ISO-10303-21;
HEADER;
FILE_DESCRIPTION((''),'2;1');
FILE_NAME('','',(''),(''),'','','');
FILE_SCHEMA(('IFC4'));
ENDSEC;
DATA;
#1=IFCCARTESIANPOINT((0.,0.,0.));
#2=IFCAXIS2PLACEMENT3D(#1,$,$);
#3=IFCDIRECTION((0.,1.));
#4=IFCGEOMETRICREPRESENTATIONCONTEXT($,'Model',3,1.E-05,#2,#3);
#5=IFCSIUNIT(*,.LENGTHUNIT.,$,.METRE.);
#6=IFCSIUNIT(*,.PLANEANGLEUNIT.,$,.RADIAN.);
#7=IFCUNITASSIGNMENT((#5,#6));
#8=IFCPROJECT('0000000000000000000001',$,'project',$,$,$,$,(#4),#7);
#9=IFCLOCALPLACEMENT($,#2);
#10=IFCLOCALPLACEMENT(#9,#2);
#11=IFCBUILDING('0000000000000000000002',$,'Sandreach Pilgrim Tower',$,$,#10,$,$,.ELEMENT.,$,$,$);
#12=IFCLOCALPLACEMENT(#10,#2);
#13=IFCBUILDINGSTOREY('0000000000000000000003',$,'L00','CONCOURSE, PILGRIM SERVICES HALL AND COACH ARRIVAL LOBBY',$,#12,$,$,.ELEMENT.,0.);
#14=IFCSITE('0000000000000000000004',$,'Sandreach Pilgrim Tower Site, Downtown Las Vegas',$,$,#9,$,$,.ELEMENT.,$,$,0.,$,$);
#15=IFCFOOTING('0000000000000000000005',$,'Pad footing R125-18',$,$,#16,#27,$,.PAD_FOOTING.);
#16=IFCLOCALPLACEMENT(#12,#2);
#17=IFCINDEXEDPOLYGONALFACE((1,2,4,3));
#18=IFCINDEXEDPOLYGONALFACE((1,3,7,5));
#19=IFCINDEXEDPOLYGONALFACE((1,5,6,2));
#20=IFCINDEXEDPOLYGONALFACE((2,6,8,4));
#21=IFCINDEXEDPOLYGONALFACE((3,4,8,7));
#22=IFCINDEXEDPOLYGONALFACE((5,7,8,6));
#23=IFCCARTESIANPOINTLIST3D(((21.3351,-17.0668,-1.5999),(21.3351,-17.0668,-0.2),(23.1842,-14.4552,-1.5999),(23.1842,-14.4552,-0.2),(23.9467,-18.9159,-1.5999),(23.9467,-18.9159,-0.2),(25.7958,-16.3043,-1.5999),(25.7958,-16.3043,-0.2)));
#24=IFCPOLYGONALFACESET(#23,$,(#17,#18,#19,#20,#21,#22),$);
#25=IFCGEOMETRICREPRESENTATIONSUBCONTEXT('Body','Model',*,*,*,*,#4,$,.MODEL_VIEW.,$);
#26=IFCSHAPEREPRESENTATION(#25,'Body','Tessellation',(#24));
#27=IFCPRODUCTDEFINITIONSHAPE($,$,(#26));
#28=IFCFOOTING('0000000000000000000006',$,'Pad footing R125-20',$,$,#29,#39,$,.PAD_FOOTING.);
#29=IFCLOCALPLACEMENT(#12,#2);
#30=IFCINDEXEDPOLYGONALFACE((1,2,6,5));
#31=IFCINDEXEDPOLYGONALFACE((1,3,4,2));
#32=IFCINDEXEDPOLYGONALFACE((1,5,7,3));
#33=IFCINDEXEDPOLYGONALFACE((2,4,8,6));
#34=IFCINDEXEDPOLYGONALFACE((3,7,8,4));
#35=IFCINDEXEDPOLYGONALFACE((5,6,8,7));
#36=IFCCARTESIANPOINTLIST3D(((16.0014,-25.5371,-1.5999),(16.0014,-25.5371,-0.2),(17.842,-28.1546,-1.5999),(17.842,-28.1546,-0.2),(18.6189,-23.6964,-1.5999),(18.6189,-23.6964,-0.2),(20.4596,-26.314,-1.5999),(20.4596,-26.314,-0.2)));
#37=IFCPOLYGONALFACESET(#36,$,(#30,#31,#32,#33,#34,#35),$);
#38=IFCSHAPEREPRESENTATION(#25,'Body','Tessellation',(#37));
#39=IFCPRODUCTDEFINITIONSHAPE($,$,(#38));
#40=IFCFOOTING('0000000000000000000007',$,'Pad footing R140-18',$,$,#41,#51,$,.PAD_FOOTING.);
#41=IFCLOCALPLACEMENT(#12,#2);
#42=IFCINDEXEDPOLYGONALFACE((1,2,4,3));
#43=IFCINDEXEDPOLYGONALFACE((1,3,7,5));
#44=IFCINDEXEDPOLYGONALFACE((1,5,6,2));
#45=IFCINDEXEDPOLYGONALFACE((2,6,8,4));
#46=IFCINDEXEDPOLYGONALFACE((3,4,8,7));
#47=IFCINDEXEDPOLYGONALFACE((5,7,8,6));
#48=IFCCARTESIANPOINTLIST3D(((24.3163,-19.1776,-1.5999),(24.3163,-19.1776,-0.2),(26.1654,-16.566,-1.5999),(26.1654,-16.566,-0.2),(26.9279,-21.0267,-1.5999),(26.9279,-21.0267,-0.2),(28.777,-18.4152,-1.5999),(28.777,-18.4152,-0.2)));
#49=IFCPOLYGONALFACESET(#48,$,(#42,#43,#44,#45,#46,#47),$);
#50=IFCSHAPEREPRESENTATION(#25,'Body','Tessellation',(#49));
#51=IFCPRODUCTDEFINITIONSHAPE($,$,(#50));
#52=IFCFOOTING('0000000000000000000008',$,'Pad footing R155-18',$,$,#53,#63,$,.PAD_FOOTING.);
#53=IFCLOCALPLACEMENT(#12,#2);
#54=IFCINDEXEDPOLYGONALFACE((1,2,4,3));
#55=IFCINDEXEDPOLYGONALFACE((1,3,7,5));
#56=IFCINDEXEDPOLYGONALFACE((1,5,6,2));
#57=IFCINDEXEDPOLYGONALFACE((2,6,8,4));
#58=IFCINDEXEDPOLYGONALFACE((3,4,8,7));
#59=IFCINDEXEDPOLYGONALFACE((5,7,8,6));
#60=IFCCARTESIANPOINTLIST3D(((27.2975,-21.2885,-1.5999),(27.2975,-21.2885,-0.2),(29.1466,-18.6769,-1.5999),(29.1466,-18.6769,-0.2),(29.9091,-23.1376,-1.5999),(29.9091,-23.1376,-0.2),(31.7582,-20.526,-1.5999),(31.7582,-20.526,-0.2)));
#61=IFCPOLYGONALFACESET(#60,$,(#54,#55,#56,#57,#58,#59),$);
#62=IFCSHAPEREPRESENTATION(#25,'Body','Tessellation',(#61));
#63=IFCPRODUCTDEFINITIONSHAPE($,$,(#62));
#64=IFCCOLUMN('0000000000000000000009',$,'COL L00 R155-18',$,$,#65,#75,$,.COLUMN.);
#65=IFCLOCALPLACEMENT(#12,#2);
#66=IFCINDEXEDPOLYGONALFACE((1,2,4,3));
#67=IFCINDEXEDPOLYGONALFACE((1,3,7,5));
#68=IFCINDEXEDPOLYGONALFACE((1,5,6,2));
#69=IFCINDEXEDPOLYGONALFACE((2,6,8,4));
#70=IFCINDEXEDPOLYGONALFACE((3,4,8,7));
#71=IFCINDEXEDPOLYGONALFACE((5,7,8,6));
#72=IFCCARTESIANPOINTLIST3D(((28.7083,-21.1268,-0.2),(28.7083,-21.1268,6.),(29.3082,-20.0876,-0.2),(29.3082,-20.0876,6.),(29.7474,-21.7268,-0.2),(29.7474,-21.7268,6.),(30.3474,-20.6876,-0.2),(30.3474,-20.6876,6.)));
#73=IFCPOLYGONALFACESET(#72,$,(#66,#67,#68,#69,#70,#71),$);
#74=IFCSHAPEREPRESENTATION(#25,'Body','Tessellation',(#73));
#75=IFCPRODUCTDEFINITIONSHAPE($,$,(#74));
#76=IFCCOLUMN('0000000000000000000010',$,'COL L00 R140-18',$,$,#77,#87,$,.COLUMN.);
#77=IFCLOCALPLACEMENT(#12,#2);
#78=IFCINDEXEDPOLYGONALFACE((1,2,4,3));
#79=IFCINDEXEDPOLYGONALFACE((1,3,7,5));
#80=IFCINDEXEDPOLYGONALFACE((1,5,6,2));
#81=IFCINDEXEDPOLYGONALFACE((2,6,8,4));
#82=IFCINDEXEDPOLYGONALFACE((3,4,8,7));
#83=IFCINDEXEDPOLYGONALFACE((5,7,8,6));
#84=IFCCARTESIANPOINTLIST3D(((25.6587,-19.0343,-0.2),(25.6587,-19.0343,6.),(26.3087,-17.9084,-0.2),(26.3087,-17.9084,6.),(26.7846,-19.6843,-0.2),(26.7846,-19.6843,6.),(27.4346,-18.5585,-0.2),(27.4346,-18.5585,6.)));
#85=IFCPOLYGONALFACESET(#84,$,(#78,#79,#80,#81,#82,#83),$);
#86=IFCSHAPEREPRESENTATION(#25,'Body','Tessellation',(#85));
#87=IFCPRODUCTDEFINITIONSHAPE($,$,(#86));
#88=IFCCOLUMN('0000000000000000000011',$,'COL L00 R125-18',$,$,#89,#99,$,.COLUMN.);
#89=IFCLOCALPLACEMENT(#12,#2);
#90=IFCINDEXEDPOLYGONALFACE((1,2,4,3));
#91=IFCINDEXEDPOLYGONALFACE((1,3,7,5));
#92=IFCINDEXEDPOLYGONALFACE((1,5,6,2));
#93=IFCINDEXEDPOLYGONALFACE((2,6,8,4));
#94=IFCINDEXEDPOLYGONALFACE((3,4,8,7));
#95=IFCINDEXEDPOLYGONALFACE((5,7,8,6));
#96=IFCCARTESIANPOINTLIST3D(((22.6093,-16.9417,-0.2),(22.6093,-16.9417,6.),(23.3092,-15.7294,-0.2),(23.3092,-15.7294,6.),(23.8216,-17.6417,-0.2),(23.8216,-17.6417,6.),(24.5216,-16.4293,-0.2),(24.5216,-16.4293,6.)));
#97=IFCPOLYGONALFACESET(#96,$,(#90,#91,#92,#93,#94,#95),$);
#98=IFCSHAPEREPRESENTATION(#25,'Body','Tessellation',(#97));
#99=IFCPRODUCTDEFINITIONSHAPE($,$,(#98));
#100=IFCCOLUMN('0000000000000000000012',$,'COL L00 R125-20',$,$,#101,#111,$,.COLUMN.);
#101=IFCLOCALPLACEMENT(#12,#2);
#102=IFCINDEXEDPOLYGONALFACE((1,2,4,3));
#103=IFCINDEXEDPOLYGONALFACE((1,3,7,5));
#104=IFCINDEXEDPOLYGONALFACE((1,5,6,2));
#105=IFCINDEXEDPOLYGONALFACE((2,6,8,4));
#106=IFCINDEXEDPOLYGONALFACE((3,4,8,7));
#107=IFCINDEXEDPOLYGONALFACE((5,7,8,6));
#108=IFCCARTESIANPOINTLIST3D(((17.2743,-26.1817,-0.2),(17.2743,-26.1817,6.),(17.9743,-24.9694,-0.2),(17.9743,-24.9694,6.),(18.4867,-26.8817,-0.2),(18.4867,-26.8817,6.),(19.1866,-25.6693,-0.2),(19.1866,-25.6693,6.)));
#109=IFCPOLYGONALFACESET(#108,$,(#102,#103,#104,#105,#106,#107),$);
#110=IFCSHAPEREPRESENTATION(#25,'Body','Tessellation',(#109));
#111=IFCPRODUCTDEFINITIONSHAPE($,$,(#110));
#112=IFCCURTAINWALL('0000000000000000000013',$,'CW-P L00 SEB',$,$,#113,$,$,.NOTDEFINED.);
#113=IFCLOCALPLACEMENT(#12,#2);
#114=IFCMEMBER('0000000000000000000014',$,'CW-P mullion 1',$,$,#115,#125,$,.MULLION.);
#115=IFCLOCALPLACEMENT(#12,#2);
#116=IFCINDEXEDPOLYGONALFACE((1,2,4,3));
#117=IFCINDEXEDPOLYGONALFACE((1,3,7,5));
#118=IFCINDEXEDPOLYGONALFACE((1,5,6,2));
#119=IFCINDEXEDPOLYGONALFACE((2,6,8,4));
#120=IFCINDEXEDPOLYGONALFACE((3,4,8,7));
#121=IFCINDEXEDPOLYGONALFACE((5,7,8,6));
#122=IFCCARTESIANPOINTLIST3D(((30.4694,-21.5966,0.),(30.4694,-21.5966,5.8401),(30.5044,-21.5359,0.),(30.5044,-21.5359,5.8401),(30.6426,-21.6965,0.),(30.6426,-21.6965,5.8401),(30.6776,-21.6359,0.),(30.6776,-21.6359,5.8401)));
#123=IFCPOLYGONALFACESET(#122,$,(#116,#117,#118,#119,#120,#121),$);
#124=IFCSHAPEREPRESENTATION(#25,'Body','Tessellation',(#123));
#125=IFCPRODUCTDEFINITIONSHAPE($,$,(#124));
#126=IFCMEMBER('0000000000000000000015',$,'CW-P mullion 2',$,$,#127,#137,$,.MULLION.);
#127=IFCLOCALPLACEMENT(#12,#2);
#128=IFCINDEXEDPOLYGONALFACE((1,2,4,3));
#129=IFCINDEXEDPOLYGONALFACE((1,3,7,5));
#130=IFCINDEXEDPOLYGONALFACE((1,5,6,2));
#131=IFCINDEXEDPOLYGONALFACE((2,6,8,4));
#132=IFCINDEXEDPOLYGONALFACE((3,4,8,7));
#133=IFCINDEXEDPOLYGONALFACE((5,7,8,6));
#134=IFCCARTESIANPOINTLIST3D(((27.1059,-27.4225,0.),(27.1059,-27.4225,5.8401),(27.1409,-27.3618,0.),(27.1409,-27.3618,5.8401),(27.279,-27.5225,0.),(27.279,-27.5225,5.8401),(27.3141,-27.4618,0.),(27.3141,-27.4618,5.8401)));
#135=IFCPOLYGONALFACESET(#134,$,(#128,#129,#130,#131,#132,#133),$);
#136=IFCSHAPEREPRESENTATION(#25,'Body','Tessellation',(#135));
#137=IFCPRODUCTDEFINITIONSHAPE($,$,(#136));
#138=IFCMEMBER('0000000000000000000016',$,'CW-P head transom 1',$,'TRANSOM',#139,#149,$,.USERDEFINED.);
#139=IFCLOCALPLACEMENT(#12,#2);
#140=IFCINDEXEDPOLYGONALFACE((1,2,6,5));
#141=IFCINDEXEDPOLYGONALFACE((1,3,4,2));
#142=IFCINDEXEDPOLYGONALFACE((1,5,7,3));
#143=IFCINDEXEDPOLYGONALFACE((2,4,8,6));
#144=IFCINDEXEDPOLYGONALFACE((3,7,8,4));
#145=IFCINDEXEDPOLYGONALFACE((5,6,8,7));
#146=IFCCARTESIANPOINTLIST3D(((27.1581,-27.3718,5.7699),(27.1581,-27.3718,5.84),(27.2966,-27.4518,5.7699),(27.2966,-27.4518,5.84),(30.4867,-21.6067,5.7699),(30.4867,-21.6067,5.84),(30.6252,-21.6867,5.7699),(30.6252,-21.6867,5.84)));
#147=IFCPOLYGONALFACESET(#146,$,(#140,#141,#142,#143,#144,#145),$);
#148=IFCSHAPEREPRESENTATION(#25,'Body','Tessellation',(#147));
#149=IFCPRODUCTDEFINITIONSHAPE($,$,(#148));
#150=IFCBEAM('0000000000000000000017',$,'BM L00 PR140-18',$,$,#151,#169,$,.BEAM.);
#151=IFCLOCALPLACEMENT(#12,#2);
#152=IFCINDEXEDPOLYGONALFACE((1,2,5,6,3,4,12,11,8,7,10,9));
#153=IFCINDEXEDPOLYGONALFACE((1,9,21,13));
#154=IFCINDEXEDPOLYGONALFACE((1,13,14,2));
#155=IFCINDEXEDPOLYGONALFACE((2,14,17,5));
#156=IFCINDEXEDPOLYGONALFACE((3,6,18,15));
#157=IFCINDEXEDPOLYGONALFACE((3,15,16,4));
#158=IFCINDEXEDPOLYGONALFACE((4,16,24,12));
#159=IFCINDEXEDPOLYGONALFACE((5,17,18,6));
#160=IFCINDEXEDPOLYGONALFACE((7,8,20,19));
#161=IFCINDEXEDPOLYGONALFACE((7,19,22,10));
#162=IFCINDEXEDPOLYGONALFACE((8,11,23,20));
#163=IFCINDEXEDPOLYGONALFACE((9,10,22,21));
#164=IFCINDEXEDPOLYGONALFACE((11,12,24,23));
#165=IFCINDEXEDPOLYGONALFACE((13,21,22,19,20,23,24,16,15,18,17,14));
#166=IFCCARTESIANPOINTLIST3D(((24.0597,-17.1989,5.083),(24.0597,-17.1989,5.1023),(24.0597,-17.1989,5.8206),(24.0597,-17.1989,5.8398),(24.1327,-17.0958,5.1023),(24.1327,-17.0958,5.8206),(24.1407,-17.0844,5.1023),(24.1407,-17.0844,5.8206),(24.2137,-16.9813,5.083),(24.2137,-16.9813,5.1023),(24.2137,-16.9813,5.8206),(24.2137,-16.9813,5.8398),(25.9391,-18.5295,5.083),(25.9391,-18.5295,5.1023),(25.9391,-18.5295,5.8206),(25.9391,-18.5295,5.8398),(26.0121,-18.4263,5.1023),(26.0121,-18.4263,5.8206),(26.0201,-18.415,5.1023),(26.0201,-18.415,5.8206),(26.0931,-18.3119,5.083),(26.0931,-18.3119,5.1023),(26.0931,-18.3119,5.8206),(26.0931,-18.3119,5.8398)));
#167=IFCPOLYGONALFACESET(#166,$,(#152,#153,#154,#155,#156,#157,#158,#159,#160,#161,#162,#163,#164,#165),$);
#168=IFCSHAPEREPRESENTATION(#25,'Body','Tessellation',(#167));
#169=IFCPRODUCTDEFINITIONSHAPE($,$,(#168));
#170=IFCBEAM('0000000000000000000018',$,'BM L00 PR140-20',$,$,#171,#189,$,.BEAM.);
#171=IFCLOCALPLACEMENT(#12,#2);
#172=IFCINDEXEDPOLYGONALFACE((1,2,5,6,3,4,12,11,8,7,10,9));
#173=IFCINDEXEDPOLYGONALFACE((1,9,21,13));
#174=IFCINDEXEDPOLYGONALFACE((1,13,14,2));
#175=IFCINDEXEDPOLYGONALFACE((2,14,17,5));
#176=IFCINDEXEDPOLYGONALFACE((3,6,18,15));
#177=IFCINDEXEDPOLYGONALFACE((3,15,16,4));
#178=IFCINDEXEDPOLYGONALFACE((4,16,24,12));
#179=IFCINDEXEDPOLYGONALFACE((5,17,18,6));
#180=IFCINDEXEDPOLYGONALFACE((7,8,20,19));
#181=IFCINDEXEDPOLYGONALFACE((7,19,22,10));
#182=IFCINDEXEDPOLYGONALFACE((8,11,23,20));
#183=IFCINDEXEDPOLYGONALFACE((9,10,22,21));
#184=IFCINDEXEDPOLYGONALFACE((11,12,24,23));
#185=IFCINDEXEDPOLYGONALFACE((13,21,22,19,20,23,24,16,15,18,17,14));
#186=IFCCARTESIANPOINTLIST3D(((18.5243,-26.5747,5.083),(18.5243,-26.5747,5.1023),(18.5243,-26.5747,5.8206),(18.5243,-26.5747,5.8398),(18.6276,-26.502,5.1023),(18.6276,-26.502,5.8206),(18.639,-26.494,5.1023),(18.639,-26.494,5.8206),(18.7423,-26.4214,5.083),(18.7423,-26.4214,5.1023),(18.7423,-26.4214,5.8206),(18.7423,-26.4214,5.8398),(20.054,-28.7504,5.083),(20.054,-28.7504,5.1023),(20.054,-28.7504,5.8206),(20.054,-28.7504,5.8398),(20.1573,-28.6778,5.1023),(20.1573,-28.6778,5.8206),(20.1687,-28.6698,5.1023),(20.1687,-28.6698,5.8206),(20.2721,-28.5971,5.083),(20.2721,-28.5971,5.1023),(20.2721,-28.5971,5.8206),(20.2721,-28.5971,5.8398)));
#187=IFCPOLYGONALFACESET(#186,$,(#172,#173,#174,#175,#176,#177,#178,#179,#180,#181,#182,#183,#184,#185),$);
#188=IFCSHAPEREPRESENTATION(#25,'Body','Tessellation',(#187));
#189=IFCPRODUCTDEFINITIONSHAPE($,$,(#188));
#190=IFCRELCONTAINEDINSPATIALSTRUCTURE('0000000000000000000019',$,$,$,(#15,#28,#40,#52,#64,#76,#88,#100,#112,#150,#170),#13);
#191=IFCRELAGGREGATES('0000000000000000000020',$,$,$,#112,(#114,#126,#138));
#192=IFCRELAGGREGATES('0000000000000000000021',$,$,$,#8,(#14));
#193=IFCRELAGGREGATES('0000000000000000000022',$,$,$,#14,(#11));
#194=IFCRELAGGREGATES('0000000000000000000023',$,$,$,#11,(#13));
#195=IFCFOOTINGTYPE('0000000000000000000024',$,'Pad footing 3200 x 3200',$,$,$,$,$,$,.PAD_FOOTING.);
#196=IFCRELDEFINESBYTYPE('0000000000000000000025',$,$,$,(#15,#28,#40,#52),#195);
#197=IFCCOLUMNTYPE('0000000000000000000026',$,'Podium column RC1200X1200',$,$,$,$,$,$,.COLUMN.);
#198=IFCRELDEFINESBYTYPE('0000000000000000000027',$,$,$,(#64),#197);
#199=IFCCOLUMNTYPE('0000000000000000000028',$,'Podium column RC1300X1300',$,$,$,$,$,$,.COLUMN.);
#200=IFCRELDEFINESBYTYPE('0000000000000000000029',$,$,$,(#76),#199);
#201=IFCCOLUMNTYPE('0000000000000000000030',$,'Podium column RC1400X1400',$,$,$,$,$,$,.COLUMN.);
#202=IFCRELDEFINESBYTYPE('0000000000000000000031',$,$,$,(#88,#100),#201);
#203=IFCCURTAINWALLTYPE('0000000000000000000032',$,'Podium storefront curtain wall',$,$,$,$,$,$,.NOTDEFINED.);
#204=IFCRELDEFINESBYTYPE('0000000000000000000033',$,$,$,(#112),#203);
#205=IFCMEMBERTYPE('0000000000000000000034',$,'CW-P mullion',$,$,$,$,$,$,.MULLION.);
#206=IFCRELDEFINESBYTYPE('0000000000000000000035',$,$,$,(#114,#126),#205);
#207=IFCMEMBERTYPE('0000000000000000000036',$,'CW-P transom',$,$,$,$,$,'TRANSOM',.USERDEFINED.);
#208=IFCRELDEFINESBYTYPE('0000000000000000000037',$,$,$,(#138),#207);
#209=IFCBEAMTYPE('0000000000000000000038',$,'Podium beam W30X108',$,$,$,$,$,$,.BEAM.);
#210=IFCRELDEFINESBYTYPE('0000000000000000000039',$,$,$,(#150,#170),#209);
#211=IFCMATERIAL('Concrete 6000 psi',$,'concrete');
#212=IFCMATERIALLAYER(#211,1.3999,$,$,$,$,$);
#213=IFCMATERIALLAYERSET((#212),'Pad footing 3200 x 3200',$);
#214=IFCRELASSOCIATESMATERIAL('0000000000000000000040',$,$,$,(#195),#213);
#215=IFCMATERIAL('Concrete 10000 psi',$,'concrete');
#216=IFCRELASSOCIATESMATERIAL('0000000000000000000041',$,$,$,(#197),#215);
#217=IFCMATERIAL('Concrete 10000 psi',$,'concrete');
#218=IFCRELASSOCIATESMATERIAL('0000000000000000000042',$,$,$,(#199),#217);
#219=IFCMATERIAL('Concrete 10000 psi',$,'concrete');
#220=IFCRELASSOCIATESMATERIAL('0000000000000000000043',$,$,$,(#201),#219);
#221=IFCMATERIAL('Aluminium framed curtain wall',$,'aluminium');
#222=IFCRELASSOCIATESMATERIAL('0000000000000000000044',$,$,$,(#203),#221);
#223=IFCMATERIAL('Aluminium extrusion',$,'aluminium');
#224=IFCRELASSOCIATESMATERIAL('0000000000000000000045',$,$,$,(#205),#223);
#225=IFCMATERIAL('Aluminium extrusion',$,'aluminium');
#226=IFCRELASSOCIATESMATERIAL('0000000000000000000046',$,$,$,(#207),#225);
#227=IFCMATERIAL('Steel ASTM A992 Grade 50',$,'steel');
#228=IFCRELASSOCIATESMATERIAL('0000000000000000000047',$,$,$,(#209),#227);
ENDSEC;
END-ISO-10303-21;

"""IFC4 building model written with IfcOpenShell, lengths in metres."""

from ifc_helpers import new_model, si_unit, direction, frame, origin, origin_2d, place, context, subcontext, project, spatial, rectangle, i_section, extrude, material, layer, layer_set, material_profile, profile_set, type_object, element, aggregate, save


model = new_model("IFC4")

# Units and contexts
model_context = context("Model", 3, precision=1e-05, world=origin(), true_north=direction((0.0, 1.0)))
body_context = subcontext(model_context, "Body", "Model", "MODEL_VIEW")
ifc_project = project(units=[si_unit("LENGTHUNIT", "METRE"), si_unit("PLANEANGLEUNIT", "RADIAN")], contexts=[model_context])

# Site, building, storey
site_placement = place(None, origin())
site = spatial("IfcSite", under=ifc_project, at=site_placement, Name="Sandreach Pilgrim Tower Site, Downtown Las Vegas", CompositionType="ELEMENT", RefElevation=0.0)
building_placement = place(site_placement, origin())
building = spatial("IfcBuilding", under=site, at=building_placement, Name="Sandreach Pilgrim Tower", CompositionType="ELEMENT")
storey_placement = place(building_placement, origin())
storey = spatial("IfcBuildingStorey", under=building, at=storey_placement, Name="L00", Description="CONCOURSE, PILGRIM SERVICES HALL AND COACH ARRIVAL LOBBY", CompositionType="ELEMENT", Elevation=0.0)

# Footings
ifc_material_1 = material(Name="Concrete 6000 psi", Category="concrete")
ifc_layer_1 = layer(ifc_material_1, 1.3999)
ifc_layer_set_1 = layer_set([ifc_layer_1], Name="Pad footing 3200 x 3200")
footing_type = type_object("IfcFootingType", Name="Pad footing 3200 x 3200", PredefinedType="PAD_FOOTING", material=ifc_layer_set_1)
for number, where, z_axis, x_axis, name in (
    (1, (23.5654, -16.6855, -1.5999), (0.0, 0.0, 1.0), (0.816133, -0.577864, 0.0), "Pad footing R125-18"),
    (2, (18.2305, -25.9255, -1.5999), (0.0, 0.0, 1.0), (0.575212, -0.818005, 0.0), "Pad footing R125-20"),
    (3, (26.5466, -18.7964, -1.5999), (0.0, 0.0, 1.0), (0.816133, -0.577864, 0.0), "Pad footing R140-18"),
    (4, (29.5278, -20.9072, -1.5999), (0.0, 0.0, 1.0), (0.816133, -0.577864, 0.0), "Pad footing R155-18"),
):
    element("IfcFooting", number, at=place(storey_placement, frame(where, z_axis=z_axis, x_axis=x_axis)), inside=storey, type_object=footing_type, Name=name, PredefinedType="PAD_FOOTING", context=body_context, shape_type="SweptSolid", body=[
        extrude(rectangle(XDim=3.2, YDim=3.2, at=origin_2d()), origin(), (0.0, 0.0, 1.0), 1.3999),
    ])

# Columns
ifc_material_2 = material(Name="Concrete 10000 psi", Category="concrete")
ifc_material_profile_1 = material_profile(ifc_material_2, rectangle(XDim=1.2, YDim=1.2, at=origin_2d()), Name="RC1200X1200")
ifc_profile_set_1 = profile_set([ifc_material_profile_1], Name="Concrete 10000 psi")
column_type_1 = type_object("IfcColumnType", Name="Podium column RC1200X1200", PredefinedType="COLUMN", material=ifc_profile_set_1)
column_1_placement = place(storey_placement, frame((29.5278, -20.9072, -0.2), z_axis=(0.0, 0.0, 1.0), x_axis=(0.866025, -0.5, 0.0)))
element("IfcColumn", 5, at=column_1_placement, inside=storey, type_object=column_type_1, Name="COL L00 R155-18", PredefinedType="COLUMN", context=body_context, shape_type="SweptSolid", body=[
    extrude(rectangle(XDim=1.2, YDim=1.2, at=origin_2d()), origin(), (0.0, 0.0, 1.0), 6.2),
])
ifc_material_3 = material(Name="Concrete 10000 psi", Category="concrete")
ifc_material_profile_2 = material_profile(ifc_material_3, rectangle(XDim=1.3, YDim=1.3, at=origin_2d()), Name="RC1300X1300")
ifc_profile_set_2 = profile_set([ifc_material_profile_2], Name="Concrete 10000 psi")
column_type_2 = type_object("IfcColumnType", Name="Podium column RC1300X1300", PredefinedType="COLUMN", material=ifc_profile_set_2)
column_2_placement = place(storey_placement, frame((26.5466, -18.7964, -0.2), z_axis=(0.0, 0.0, 1.0), x_axis=(0.866025, -0.5, 0.0)))
element("IfcColumn", 6, at=column_2_placement, inside=storey, type_object=column_type_2, Name="COL L00 R140-18", PredefinedType="COLUMN", context=body_context, shape_type="SweptSolid", body=[
    extrude(rectangle(XDim=1.3, YDim=1.3, at=origin_2d()), origin(), (0.0, 0.0, 1.0), 6.2),
])
ifc_material_4 = material(Name="Concrete 10000 psi", Category="concrete")
ifc_material_profile_3 = material_profile(ifc_material_4, rectangle(XDim=1.3999, YDim=1.3999, at=origin_2d()), Name="RC1400X1400")
ifc_profile_set_3 = profile_set([ifc_material_profile_3], Name="Concrete 10000 psi")
column_type_3 = type_object("IfcColumnType", Name="Podium column RC1400X1400", PredefinedType="COLUMN", material=ifc_profile_set_3)
for number, where, z_axis, x_axis, name in (
    (7, (23.5654, -16.6855, -0.2), (0.0, 0.0, 1.0), (0.866025, -0.5, 0.0), "COL L00 R125-18"),
    (8, (18.2305, -25.9255, -0.2), (0.0, 0.0, 1.0), (0.866025, -0.5, 0.0), "COL L00 R125-20"),
):
    element("IfcColumn", number, at=place(storey_placement, frame(where, z_axis=z_axis, x_axis=x_axis)), inside=storey, type_object=column_type_3, Name=name, PredefinedType="COLUMN", context=body_context, shape_type="SweptSolid", body=[
        extrude(rectangle(XDim=1.3999, YDim=1.3999, at=origin_2d()), origin(), (0.0, 0.0, 1.0), 6.2),
    ])

# Curtain wall, members
ifc_material_5 = material(Name="Aluminium framed curtain wall", Category="aluminium")
curtain_wall_type = type_object("IfcCurtainWallType", Name="Podium storefront curtain wall", PredefinedType="NOTDEFINED", material=ifc_material_5)
curtain_wall_placement = place(storey_placement, origin())
curtain_wall = element("IfcCurtainWall", 9, at=curtain_wall_placement, inside=storey, type_object=curtain_wall_type, Name="CW-P L00 SEB", PredefinedType="NOTDEFINED")
ifc_material_6 = material(Name="Aluminium extrusion", Category="aluminium")
ifc_material_profile_4 = material_profile(ifc_material_6, rectangle(XDim=0.0701, YDim=0.2, at=origin_2d()), Name="CW-PM 70X200")
ifc_profile_set_4 = profile_set([ifc_material_profile_4], Name="Aluminium extrusion")
member_type_1 = type_object("IfcMemberType", Name="CW-P mullion", PredefinedType="MULLION", material=ifc_profile_set_4)
member_1_placement = place(storey_placement, frame((30.5735, -21.6162, 0.0), z_axis=(0.0, 0.0, 1.0), x_axis=(-0.5, -0.866025, 0.0)))
member_1 = element("IfcMember", 10, at=member_1_placement, type_object=member_type_1, Name="CW-P mullion 1", PredefinedType="MULLION", context=body_context, shape_type="SweptSolid", body=[
    extrude(rectangle(XDim=0.0701, YDim=0.2, at=origin_2d()), origin(), (0.0, 0.0, 1.0), 5.8401),
])
member_2_placement = place(storey_placement, frame((27.21, -27.4421, 0.0), z_axis=(0.0, 0.0, 1.0), x_axis=(-0.5, -0.866025, 0.0)))
member_2 = element("IfcMember", 11, at=member_2_placement, type_object=member_type_1, Name="CW-P mullion 2", PredefinedType="MULLION", context=body_context, shape_type="SweptSolid", body=[
    extrude(rectangle(XDim=0.0701, YDim=0.2, at=origin_2d()), origin(), (0.0, 0.0, 1.0), 5.8401),
])
ifc_material_7 = material(Name="Aluminium extrusion", Category="aluminium")
ifc_material_profile_5 = material_profile(ifc_material_7, rectangle(XDim=0.1599, YDim=0.0701, at=origin_2d()), Name="CW-PT 160X70")
ifc_profile_set_5 = profile_set([ifc_material_profile_5], Name="Aluminium extrusion")
member_type_2 = type_object("IfcMemberType", Name="CW-P transom", ElementType="TRANSOM", PredefinedType="USERDEFINED", material=ifc_profile_set_5)
member_3_placement = place(storey_placement, frame((30.5559, -21.6467, 5.8049), z_axis=(-0.500012, -0.866018, 0.0), x_axis=(0.866018, -0.500012, 0.0)))
member_3 = element("IfcMember", 12, at=member_3_placement, type_object=member_type_2, Name="CW-P head transom 1", ObjectType="TRANSOM", PredefinedType="USERDEFINED", context=body_context, shape_type="SweptSolid", body=[
    extrude(rectangle(XDim=0.1599, YDim=0.0701, at=origin_2d()), origin(), (0.0, 0.0, 1.0), 6.657),
])

# Beams
ifc_material_8 = material(Name="Steel ASTM A992 Grade 50", Category="steel")
ifc_material_profile_6 = material_profile(ifc_material_8, i_section(OverallWidth=0.2666, OverallDepth=0.7568, WebThickness=0.0139, FlangeThickness=0.0193, at=origin_2d()), Name="W30X108")
ifc_profile_set_6 = profile_set([ifc_material_profile_6], Name="Steel ASTM A992 Grade 50")
beam_type_1 = type_object("IfcBeamType", Name="Podium beam W30X108", PredefinedType="BEAM", material=ifc_profile_set_6)
beam_1_placement = place(storey_placement, frame((24.1367, -17.0901, 5.4614), z_axis=(0.816162, -0.577823, 0.0), x_axis=(0.577823, 0.816162, 0.0)))
element("IfcBeam", 13, at=beam_1_placement, inside=storey, type_object=beam_type_1, Name="BM L00 PR140-18", PredefinedType="BEAM", context=body_context, shape_type="SweptSolid", body=[
    extrude(i_section(OverallWidth=0.2666, OverallDepth=0.7568, WebThickness=0.0139, FlangeThickness=0.0193, at=origin_2d()), origin(), (0.0, 0.0, 1.0), 2.3027),
])
beam_2_placement = place(storey_placement, frame((18.6333, -26.498, 5.4614), z_axis=(0.575161, -0.81804, 0.0), x_axis=(0.81804, 0.575161, 0.0)))
element("IfcBeam", 14, at=beam_2_placement, inside=storey, type_object=beam_type_1, Name="BM L00 PR140-20", PredefinedType="BEAM", context=body_context, shape_type="SweptSolid", body=[
    extrude(i_section(OverallWidth=0.2666, OverallDepth=0.7568, WebThickness=0.0139, FlangeThickness=0.0193, at=origin_2d()), origin(), (0.0, 0.0, 1.0), 2.6597),
])

aggregate(curtain_wall, [member_1, member_2, member_3])

save(model, "model.ifc")
